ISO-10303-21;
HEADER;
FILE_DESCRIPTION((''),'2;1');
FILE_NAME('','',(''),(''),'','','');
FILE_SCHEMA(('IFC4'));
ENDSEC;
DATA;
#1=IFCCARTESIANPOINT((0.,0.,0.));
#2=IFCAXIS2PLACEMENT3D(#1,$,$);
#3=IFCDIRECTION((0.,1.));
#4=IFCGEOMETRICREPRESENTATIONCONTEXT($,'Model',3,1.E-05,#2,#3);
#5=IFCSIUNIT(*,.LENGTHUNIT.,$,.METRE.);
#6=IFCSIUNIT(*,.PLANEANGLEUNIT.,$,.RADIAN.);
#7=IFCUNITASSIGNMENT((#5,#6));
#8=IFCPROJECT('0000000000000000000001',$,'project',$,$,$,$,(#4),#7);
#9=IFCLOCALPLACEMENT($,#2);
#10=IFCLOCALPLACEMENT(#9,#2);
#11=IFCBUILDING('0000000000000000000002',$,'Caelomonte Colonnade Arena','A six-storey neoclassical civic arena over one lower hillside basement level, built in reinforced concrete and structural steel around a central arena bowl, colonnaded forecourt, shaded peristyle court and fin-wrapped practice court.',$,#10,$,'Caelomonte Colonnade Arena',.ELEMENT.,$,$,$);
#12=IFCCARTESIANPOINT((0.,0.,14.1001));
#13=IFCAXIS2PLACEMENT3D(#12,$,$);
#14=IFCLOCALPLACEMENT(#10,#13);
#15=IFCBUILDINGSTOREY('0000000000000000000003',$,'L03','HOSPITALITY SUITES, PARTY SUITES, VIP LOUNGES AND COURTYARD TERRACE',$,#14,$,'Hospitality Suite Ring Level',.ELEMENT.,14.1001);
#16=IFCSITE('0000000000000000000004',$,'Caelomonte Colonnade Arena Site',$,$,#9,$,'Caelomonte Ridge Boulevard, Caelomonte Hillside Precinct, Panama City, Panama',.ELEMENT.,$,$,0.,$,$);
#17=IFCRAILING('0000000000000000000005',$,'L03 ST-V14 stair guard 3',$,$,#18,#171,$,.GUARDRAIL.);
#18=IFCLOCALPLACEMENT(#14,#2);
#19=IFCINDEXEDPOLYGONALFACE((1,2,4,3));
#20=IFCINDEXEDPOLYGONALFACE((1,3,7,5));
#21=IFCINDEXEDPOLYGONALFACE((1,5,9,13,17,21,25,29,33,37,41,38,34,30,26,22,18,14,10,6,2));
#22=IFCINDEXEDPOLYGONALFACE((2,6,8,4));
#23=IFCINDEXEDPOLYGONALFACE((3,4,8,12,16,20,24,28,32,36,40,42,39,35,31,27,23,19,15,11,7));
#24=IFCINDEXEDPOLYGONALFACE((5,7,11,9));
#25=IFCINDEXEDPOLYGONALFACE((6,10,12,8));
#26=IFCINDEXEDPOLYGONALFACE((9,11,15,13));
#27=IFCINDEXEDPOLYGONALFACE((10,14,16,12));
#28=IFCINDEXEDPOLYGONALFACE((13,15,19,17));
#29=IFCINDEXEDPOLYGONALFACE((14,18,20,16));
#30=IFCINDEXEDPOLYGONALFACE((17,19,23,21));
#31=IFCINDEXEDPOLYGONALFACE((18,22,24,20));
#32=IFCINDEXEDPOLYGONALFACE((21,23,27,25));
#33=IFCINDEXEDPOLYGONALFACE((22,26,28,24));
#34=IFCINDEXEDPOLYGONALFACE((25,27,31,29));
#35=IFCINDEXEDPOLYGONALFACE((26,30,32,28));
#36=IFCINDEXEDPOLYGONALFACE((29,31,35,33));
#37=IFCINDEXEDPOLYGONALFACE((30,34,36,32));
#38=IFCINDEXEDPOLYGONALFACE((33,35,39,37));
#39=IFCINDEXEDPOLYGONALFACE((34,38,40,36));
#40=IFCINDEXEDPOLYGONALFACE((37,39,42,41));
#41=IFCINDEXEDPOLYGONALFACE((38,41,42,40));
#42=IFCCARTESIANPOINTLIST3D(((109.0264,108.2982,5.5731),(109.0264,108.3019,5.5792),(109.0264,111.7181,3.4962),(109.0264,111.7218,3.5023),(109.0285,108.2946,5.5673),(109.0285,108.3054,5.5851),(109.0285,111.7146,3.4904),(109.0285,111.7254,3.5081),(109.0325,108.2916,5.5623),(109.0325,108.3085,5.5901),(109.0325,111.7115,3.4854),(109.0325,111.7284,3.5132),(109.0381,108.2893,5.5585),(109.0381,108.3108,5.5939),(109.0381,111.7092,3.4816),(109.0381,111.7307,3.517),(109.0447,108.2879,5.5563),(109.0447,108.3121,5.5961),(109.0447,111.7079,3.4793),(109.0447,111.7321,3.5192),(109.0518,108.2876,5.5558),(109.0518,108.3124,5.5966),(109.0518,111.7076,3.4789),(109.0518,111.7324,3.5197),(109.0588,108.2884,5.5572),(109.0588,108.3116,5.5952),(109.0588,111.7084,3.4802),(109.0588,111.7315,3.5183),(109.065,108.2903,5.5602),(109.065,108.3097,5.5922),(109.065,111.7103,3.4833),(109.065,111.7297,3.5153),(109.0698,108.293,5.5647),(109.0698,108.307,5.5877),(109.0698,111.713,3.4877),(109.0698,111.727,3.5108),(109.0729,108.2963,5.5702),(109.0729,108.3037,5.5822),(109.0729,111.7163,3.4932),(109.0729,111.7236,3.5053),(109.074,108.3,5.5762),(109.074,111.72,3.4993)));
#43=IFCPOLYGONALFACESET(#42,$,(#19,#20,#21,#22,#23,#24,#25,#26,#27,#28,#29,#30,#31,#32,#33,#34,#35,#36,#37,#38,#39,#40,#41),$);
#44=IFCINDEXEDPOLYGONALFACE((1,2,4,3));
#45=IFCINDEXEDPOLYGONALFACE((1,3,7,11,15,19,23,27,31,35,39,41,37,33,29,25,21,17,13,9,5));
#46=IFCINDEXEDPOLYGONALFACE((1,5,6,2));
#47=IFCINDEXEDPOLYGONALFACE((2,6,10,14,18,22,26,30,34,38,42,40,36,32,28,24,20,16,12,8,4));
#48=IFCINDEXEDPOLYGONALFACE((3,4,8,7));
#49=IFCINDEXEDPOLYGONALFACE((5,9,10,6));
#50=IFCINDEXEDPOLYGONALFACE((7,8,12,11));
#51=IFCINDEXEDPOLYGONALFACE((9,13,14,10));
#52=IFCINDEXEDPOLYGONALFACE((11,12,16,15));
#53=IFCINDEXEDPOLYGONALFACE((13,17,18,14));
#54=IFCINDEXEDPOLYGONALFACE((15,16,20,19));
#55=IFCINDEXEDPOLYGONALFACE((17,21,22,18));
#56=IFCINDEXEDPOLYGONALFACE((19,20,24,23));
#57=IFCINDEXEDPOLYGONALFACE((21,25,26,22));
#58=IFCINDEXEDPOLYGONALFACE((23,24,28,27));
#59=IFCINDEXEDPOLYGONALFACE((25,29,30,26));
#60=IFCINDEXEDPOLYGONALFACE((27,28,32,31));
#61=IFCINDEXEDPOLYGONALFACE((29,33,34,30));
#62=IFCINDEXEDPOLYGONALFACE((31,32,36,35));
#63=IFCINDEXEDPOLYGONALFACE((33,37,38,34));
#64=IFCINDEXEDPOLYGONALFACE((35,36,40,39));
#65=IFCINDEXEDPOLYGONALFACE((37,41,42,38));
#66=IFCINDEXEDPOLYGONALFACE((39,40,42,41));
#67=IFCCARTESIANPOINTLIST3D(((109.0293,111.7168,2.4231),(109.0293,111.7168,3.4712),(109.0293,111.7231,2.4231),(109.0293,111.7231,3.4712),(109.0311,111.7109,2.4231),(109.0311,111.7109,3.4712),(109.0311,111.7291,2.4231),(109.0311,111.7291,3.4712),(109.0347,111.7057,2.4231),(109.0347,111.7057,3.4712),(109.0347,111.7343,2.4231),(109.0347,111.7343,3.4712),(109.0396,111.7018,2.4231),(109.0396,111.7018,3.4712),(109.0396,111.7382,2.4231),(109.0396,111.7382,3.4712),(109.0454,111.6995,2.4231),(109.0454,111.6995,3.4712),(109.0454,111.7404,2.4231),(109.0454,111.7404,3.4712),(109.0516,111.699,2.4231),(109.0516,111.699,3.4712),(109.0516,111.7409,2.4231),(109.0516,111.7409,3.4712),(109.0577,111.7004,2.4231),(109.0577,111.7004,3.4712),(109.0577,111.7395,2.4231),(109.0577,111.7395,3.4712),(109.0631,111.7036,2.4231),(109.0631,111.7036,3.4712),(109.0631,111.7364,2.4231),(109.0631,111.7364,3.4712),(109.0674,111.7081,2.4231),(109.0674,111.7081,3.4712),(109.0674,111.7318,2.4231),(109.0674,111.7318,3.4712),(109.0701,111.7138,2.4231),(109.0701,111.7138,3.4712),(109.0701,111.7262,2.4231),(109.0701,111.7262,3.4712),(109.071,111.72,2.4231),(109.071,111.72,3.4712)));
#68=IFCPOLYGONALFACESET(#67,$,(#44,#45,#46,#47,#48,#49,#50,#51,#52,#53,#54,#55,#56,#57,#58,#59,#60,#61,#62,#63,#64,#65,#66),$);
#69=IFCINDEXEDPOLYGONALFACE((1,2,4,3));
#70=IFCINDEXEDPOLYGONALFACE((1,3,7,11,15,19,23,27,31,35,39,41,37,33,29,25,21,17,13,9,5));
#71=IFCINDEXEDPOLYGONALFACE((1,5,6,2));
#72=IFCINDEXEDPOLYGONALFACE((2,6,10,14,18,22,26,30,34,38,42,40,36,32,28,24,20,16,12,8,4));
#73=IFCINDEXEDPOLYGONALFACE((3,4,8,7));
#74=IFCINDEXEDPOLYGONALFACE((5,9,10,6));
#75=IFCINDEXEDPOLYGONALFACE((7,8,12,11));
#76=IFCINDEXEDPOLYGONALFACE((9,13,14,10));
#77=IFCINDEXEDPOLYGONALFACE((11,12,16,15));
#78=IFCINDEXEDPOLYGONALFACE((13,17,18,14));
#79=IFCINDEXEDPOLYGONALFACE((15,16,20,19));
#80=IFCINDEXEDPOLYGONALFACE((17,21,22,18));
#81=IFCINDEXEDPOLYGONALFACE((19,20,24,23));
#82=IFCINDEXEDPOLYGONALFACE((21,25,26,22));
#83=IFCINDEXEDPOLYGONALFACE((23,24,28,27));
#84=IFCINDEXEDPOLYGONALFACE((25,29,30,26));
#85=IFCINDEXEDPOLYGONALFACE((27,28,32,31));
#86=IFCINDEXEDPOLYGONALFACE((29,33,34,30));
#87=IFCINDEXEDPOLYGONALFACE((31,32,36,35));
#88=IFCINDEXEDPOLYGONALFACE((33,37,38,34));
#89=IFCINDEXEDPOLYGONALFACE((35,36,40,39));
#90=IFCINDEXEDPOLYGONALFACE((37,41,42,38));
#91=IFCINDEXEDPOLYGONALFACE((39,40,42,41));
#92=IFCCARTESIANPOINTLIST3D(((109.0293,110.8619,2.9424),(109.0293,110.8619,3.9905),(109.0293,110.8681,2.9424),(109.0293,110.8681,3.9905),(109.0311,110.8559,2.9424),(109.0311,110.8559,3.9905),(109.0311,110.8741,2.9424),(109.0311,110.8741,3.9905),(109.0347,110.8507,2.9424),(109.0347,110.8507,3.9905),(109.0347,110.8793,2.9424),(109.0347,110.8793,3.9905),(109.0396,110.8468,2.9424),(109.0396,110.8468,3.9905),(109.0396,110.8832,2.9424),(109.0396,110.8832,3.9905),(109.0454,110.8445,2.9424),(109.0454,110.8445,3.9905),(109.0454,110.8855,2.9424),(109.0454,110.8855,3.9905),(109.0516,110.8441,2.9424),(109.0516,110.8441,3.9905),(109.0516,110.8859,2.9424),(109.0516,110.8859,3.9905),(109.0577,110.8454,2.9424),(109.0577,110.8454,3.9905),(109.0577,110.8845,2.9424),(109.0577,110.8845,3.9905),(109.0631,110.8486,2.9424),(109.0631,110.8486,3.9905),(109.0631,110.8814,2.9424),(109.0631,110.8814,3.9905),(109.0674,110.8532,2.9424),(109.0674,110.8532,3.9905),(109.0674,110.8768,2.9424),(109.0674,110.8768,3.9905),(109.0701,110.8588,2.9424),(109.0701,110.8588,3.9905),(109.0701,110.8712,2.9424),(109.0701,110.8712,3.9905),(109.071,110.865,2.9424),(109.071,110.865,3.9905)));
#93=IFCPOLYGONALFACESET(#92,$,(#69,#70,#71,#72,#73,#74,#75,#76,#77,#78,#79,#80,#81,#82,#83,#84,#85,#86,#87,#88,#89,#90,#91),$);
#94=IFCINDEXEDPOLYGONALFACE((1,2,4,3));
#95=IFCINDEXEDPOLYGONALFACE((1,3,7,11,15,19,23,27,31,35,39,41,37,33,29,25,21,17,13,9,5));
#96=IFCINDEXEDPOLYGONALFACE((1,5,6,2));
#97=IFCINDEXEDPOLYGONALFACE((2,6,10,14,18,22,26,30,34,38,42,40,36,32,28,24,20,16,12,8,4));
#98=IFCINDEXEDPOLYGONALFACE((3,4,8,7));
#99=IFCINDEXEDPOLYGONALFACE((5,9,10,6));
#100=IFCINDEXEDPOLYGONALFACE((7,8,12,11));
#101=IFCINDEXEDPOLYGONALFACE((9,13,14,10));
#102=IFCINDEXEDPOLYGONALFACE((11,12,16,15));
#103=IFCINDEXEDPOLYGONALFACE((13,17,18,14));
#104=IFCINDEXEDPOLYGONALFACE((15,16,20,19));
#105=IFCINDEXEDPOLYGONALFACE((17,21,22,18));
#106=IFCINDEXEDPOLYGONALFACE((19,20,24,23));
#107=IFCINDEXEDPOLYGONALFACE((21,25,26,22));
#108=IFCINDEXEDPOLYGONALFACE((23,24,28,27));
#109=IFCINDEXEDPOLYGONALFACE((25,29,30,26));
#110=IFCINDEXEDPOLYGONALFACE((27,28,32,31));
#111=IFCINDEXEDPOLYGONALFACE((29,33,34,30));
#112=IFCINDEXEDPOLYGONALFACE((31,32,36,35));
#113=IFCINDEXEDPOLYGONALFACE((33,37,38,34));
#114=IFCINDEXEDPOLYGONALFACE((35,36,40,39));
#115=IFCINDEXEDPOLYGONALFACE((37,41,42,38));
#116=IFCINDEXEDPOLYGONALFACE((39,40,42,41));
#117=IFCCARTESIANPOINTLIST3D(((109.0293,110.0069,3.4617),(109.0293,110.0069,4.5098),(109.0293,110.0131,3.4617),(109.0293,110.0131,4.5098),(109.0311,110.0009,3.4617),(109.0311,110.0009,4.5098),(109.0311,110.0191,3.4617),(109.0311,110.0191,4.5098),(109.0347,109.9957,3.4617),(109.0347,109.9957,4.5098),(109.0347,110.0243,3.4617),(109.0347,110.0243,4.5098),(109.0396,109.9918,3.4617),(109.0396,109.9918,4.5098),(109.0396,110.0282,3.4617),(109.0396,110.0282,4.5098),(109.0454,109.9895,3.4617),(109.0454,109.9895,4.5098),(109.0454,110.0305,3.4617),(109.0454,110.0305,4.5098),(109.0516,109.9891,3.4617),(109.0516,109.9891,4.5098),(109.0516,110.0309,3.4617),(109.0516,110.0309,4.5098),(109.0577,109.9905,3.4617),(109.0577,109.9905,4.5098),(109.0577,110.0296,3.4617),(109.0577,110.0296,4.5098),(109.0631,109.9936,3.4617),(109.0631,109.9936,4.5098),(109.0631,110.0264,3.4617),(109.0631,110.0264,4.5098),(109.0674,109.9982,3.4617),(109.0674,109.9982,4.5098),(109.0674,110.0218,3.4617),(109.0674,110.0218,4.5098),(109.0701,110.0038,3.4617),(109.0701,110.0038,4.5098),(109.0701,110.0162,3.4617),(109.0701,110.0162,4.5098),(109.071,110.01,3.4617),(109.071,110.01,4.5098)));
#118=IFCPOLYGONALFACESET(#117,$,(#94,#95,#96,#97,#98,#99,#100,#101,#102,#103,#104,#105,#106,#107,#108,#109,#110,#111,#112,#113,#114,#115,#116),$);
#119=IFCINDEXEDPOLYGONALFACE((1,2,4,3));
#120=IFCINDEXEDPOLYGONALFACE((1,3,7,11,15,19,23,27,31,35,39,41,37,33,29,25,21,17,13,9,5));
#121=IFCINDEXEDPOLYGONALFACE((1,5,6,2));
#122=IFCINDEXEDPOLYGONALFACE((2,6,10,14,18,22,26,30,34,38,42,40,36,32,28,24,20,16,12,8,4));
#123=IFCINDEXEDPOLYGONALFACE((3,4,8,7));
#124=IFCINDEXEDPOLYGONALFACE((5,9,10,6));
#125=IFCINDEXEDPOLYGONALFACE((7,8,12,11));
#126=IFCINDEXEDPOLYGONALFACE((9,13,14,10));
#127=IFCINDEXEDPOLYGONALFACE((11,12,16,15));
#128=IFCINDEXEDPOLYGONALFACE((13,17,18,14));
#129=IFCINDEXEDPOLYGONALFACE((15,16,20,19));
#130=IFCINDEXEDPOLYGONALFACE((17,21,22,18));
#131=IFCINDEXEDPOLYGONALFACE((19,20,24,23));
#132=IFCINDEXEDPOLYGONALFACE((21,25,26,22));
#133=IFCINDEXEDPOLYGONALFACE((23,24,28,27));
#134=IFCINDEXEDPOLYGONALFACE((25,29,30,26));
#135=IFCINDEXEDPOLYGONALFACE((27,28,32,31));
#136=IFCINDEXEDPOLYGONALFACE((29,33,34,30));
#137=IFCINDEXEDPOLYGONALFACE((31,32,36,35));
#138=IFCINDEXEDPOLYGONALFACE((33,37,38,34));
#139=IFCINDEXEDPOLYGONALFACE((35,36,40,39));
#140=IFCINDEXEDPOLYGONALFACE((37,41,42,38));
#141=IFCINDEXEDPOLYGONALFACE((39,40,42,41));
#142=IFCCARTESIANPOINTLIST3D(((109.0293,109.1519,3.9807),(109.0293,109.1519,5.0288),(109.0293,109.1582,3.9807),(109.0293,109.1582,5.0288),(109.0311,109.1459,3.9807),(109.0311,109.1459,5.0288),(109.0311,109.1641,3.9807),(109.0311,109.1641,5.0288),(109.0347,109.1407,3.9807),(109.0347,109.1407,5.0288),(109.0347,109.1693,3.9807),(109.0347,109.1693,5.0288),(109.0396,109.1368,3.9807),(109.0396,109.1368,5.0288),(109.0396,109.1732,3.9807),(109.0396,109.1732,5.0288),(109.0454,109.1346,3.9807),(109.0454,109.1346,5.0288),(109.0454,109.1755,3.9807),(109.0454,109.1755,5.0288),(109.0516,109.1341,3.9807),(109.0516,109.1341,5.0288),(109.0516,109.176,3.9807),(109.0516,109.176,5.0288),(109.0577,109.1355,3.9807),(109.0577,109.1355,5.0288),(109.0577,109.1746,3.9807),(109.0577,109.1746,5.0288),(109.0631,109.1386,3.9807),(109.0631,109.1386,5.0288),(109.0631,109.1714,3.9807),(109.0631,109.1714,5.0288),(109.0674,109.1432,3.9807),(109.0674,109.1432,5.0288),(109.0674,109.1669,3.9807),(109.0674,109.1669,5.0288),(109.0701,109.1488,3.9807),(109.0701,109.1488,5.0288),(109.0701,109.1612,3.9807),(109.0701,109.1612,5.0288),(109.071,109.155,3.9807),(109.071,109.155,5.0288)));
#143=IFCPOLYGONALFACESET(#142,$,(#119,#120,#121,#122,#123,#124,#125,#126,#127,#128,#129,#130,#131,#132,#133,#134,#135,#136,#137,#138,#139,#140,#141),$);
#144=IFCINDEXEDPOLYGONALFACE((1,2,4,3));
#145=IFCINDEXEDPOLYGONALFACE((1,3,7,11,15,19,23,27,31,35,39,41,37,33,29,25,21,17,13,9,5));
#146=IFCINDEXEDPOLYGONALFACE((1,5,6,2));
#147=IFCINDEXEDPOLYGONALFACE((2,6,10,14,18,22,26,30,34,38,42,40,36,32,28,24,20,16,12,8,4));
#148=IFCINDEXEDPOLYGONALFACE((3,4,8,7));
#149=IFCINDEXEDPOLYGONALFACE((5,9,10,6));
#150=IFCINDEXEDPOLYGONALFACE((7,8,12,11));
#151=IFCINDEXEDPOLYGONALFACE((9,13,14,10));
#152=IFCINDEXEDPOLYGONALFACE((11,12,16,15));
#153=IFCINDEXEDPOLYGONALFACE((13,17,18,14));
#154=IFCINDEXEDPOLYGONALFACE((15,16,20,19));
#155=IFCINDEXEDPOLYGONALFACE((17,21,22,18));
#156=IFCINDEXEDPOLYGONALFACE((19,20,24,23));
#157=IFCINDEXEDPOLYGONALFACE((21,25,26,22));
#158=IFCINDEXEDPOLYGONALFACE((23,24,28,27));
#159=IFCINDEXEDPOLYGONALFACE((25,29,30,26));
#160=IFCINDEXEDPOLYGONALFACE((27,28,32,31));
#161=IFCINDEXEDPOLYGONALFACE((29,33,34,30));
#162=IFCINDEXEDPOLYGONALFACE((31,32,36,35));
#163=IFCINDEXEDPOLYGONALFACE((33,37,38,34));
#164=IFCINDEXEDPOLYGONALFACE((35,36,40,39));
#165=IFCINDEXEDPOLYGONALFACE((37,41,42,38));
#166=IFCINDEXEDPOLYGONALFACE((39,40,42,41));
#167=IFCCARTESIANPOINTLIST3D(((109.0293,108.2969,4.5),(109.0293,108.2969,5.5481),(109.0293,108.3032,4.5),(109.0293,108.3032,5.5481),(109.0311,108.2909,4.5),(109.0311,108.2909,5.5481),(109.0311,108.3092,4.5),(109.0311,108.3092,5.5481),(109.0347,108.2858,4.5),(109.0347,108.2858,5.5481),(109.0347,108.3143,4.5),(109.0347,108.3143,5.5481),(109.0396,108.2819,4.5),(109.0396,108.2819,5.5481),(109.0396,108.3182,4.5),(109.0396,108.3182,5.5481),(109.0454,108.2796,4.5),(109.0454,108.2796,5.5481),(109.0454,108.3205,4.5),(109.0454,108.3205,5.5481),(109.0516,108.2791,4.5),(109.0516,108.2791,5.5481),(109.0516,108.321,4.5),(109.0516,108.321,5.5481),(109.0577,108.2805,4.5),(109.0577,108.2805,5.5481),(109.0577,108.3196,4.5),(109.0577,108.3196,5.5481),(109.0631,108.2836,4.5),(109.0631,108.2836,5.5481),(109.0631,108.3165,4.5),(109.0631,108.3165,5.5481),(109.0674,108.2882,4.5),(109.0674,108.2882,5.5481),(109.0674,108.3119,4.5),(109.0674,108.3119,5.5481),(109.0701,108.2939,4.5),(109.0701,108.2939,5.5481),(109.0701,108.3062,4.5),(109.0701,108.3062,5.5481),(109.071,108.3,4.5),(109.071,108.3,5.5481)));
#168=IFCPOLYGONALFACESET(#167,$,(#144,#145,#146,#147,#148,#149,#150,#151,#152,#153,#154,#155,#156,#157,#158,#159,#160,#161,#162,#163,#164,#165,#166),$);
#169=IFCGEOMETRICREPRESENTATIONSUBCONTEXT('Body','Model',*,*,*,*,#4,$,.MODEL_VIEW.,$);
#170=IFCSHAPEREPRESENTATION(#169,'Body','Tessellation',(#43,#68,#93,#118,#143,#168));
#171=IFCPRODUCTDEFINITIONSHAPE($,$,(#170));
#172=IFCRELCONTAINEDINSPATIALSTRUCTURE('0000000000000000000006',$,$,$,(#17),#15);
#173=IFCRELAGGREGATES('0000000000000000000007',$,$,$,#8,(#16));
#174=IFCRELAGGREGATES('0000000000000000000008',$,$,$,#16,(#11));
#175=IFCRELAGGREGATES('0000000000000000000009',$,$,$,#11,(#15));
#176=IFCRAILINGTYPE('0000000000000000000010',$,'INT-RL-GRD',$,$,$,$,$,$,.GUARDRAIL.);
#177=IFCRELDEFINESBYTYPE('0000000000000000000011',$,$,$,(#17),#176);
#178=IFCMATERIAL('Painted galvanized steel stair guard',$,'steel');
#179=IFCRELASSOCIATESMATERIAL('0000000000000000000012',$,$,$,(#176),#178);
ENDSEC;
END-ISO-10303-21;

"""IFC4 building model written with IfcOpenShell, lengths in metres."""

from ifc_helpers import new_model, si_unit, direction, frame, origin, origin_2d, place, context, subcontext, project, spatial, circle, extrude, material, type_object, element, save


model = new_model("IFC4")

# Units and contexts
model_context = context("Model", 3, precision=1e-05, world=origin(), true_north=direction((0.0, 1.0)))
body_context = subcontext(model_context, "Body", "Model", "MODEL_VIEW")
ifc_project = project(units=[si_unit("LENGTHUNIT", "METRE"), si_unit("PLANEANGLEUNIT", "RADIAN")], contexts=[model_context])

# Site, building, storey
site_placement = place(None, origin())
site = spatial("IfcSite", under=ifc_project, at=site_placement, Name="Caelomonte Colonnade Arena Site", LongName="Caelomonte Ridge Boulevard, Caelomonte Hillside Precinct, Panama City, Panama", CompositionType="ELEMENT", RefElevation=0.0)
building_placement = place(site_placement, origin())
building = spatial("IfcBuilding", under=site, at=building_placement, Name="Caelomonte Colonnade Arena", Description="A six-storey neoclassical civic arena over one lower hillside basement level, built in reinforced concrete and structural steel around a central arena bowl, colonnaded forecourt, shaded peristyle court and fin-wrapped practice court.", LongName="Caelomonte Colonnade Arena", CompositionType="ELEMENT")
storey_placement = place(building_placement, frame((0.0, 0.0, 14.1001)))
storey = spatial("IfcBuildingStorey", under=building, at=storey_placement, Name="L03", Description="HOSPITALITY SUITES, PARTY SUITES, VIP LOUNGES AND COURTYARD TERRACE", LongName="Hospitality Suite Ring Level", CompositionType="ELEMENT", Elevation=14.1001)

# Railing
ifc_material_1 = material(Name="Painted galvanized steel stair guard", Category="steel")
railing_type_1 = type_object("IfcRailingType", Name="INT-RL-GRD", PredefinedType="GUARDRAIL", material=ifc_material_1)
railing_1_placement = place(storey_placement, frame((109.05, 111.72, 2.4231)))
element("IfcRailing", 1, at=railing_1_placement, inside=storey, type_object=railing_type_1, Name="L03 ST-V14 stair guard 3", PredefinedType="GUARDRAIL", context=body_context, shape_type="SweptSolid", body=[
    extrude(circle(Radius=0.0239, at=origin_2d()), frame((0.0, 0.0, 1.0762), z_axis=(0.0, -0.85473, 0.519074), x_axis=(1.0, 0.0, 0.0)), (0.0, 0.0, 1.0), 4.0012),
    extrude(circle(Radius=0.021, at=origin_2d()), origin(), (0.0, 0.0, 1.0), 1.0481),
    extrude(circle(Radius=0.021, at=origin_2d()), frame((0.0, -0.855, 0.5193)), (0.0, 0.0, 1.0), 1.0481),
    extrude(circle(Radius=0.021, at=origin_2d()), frame((0.0, -1.71, 1.0386)), (0.0, 0.0, 1.0), 1.0481),
    extrude(circle(Radius=0.021, at=origin_2d()), frame((0.0, -2.5649, 1.5576)), (0.0, 0.0, 1.0), 1.0481),
    extrude(circle(Radius=0.021, at=origin_2d()), frame((0.0, -3.4199, 2.0769)), (0.0, 0.0, 1.0), 1.0481),
])

save(model, "model.ifc")
